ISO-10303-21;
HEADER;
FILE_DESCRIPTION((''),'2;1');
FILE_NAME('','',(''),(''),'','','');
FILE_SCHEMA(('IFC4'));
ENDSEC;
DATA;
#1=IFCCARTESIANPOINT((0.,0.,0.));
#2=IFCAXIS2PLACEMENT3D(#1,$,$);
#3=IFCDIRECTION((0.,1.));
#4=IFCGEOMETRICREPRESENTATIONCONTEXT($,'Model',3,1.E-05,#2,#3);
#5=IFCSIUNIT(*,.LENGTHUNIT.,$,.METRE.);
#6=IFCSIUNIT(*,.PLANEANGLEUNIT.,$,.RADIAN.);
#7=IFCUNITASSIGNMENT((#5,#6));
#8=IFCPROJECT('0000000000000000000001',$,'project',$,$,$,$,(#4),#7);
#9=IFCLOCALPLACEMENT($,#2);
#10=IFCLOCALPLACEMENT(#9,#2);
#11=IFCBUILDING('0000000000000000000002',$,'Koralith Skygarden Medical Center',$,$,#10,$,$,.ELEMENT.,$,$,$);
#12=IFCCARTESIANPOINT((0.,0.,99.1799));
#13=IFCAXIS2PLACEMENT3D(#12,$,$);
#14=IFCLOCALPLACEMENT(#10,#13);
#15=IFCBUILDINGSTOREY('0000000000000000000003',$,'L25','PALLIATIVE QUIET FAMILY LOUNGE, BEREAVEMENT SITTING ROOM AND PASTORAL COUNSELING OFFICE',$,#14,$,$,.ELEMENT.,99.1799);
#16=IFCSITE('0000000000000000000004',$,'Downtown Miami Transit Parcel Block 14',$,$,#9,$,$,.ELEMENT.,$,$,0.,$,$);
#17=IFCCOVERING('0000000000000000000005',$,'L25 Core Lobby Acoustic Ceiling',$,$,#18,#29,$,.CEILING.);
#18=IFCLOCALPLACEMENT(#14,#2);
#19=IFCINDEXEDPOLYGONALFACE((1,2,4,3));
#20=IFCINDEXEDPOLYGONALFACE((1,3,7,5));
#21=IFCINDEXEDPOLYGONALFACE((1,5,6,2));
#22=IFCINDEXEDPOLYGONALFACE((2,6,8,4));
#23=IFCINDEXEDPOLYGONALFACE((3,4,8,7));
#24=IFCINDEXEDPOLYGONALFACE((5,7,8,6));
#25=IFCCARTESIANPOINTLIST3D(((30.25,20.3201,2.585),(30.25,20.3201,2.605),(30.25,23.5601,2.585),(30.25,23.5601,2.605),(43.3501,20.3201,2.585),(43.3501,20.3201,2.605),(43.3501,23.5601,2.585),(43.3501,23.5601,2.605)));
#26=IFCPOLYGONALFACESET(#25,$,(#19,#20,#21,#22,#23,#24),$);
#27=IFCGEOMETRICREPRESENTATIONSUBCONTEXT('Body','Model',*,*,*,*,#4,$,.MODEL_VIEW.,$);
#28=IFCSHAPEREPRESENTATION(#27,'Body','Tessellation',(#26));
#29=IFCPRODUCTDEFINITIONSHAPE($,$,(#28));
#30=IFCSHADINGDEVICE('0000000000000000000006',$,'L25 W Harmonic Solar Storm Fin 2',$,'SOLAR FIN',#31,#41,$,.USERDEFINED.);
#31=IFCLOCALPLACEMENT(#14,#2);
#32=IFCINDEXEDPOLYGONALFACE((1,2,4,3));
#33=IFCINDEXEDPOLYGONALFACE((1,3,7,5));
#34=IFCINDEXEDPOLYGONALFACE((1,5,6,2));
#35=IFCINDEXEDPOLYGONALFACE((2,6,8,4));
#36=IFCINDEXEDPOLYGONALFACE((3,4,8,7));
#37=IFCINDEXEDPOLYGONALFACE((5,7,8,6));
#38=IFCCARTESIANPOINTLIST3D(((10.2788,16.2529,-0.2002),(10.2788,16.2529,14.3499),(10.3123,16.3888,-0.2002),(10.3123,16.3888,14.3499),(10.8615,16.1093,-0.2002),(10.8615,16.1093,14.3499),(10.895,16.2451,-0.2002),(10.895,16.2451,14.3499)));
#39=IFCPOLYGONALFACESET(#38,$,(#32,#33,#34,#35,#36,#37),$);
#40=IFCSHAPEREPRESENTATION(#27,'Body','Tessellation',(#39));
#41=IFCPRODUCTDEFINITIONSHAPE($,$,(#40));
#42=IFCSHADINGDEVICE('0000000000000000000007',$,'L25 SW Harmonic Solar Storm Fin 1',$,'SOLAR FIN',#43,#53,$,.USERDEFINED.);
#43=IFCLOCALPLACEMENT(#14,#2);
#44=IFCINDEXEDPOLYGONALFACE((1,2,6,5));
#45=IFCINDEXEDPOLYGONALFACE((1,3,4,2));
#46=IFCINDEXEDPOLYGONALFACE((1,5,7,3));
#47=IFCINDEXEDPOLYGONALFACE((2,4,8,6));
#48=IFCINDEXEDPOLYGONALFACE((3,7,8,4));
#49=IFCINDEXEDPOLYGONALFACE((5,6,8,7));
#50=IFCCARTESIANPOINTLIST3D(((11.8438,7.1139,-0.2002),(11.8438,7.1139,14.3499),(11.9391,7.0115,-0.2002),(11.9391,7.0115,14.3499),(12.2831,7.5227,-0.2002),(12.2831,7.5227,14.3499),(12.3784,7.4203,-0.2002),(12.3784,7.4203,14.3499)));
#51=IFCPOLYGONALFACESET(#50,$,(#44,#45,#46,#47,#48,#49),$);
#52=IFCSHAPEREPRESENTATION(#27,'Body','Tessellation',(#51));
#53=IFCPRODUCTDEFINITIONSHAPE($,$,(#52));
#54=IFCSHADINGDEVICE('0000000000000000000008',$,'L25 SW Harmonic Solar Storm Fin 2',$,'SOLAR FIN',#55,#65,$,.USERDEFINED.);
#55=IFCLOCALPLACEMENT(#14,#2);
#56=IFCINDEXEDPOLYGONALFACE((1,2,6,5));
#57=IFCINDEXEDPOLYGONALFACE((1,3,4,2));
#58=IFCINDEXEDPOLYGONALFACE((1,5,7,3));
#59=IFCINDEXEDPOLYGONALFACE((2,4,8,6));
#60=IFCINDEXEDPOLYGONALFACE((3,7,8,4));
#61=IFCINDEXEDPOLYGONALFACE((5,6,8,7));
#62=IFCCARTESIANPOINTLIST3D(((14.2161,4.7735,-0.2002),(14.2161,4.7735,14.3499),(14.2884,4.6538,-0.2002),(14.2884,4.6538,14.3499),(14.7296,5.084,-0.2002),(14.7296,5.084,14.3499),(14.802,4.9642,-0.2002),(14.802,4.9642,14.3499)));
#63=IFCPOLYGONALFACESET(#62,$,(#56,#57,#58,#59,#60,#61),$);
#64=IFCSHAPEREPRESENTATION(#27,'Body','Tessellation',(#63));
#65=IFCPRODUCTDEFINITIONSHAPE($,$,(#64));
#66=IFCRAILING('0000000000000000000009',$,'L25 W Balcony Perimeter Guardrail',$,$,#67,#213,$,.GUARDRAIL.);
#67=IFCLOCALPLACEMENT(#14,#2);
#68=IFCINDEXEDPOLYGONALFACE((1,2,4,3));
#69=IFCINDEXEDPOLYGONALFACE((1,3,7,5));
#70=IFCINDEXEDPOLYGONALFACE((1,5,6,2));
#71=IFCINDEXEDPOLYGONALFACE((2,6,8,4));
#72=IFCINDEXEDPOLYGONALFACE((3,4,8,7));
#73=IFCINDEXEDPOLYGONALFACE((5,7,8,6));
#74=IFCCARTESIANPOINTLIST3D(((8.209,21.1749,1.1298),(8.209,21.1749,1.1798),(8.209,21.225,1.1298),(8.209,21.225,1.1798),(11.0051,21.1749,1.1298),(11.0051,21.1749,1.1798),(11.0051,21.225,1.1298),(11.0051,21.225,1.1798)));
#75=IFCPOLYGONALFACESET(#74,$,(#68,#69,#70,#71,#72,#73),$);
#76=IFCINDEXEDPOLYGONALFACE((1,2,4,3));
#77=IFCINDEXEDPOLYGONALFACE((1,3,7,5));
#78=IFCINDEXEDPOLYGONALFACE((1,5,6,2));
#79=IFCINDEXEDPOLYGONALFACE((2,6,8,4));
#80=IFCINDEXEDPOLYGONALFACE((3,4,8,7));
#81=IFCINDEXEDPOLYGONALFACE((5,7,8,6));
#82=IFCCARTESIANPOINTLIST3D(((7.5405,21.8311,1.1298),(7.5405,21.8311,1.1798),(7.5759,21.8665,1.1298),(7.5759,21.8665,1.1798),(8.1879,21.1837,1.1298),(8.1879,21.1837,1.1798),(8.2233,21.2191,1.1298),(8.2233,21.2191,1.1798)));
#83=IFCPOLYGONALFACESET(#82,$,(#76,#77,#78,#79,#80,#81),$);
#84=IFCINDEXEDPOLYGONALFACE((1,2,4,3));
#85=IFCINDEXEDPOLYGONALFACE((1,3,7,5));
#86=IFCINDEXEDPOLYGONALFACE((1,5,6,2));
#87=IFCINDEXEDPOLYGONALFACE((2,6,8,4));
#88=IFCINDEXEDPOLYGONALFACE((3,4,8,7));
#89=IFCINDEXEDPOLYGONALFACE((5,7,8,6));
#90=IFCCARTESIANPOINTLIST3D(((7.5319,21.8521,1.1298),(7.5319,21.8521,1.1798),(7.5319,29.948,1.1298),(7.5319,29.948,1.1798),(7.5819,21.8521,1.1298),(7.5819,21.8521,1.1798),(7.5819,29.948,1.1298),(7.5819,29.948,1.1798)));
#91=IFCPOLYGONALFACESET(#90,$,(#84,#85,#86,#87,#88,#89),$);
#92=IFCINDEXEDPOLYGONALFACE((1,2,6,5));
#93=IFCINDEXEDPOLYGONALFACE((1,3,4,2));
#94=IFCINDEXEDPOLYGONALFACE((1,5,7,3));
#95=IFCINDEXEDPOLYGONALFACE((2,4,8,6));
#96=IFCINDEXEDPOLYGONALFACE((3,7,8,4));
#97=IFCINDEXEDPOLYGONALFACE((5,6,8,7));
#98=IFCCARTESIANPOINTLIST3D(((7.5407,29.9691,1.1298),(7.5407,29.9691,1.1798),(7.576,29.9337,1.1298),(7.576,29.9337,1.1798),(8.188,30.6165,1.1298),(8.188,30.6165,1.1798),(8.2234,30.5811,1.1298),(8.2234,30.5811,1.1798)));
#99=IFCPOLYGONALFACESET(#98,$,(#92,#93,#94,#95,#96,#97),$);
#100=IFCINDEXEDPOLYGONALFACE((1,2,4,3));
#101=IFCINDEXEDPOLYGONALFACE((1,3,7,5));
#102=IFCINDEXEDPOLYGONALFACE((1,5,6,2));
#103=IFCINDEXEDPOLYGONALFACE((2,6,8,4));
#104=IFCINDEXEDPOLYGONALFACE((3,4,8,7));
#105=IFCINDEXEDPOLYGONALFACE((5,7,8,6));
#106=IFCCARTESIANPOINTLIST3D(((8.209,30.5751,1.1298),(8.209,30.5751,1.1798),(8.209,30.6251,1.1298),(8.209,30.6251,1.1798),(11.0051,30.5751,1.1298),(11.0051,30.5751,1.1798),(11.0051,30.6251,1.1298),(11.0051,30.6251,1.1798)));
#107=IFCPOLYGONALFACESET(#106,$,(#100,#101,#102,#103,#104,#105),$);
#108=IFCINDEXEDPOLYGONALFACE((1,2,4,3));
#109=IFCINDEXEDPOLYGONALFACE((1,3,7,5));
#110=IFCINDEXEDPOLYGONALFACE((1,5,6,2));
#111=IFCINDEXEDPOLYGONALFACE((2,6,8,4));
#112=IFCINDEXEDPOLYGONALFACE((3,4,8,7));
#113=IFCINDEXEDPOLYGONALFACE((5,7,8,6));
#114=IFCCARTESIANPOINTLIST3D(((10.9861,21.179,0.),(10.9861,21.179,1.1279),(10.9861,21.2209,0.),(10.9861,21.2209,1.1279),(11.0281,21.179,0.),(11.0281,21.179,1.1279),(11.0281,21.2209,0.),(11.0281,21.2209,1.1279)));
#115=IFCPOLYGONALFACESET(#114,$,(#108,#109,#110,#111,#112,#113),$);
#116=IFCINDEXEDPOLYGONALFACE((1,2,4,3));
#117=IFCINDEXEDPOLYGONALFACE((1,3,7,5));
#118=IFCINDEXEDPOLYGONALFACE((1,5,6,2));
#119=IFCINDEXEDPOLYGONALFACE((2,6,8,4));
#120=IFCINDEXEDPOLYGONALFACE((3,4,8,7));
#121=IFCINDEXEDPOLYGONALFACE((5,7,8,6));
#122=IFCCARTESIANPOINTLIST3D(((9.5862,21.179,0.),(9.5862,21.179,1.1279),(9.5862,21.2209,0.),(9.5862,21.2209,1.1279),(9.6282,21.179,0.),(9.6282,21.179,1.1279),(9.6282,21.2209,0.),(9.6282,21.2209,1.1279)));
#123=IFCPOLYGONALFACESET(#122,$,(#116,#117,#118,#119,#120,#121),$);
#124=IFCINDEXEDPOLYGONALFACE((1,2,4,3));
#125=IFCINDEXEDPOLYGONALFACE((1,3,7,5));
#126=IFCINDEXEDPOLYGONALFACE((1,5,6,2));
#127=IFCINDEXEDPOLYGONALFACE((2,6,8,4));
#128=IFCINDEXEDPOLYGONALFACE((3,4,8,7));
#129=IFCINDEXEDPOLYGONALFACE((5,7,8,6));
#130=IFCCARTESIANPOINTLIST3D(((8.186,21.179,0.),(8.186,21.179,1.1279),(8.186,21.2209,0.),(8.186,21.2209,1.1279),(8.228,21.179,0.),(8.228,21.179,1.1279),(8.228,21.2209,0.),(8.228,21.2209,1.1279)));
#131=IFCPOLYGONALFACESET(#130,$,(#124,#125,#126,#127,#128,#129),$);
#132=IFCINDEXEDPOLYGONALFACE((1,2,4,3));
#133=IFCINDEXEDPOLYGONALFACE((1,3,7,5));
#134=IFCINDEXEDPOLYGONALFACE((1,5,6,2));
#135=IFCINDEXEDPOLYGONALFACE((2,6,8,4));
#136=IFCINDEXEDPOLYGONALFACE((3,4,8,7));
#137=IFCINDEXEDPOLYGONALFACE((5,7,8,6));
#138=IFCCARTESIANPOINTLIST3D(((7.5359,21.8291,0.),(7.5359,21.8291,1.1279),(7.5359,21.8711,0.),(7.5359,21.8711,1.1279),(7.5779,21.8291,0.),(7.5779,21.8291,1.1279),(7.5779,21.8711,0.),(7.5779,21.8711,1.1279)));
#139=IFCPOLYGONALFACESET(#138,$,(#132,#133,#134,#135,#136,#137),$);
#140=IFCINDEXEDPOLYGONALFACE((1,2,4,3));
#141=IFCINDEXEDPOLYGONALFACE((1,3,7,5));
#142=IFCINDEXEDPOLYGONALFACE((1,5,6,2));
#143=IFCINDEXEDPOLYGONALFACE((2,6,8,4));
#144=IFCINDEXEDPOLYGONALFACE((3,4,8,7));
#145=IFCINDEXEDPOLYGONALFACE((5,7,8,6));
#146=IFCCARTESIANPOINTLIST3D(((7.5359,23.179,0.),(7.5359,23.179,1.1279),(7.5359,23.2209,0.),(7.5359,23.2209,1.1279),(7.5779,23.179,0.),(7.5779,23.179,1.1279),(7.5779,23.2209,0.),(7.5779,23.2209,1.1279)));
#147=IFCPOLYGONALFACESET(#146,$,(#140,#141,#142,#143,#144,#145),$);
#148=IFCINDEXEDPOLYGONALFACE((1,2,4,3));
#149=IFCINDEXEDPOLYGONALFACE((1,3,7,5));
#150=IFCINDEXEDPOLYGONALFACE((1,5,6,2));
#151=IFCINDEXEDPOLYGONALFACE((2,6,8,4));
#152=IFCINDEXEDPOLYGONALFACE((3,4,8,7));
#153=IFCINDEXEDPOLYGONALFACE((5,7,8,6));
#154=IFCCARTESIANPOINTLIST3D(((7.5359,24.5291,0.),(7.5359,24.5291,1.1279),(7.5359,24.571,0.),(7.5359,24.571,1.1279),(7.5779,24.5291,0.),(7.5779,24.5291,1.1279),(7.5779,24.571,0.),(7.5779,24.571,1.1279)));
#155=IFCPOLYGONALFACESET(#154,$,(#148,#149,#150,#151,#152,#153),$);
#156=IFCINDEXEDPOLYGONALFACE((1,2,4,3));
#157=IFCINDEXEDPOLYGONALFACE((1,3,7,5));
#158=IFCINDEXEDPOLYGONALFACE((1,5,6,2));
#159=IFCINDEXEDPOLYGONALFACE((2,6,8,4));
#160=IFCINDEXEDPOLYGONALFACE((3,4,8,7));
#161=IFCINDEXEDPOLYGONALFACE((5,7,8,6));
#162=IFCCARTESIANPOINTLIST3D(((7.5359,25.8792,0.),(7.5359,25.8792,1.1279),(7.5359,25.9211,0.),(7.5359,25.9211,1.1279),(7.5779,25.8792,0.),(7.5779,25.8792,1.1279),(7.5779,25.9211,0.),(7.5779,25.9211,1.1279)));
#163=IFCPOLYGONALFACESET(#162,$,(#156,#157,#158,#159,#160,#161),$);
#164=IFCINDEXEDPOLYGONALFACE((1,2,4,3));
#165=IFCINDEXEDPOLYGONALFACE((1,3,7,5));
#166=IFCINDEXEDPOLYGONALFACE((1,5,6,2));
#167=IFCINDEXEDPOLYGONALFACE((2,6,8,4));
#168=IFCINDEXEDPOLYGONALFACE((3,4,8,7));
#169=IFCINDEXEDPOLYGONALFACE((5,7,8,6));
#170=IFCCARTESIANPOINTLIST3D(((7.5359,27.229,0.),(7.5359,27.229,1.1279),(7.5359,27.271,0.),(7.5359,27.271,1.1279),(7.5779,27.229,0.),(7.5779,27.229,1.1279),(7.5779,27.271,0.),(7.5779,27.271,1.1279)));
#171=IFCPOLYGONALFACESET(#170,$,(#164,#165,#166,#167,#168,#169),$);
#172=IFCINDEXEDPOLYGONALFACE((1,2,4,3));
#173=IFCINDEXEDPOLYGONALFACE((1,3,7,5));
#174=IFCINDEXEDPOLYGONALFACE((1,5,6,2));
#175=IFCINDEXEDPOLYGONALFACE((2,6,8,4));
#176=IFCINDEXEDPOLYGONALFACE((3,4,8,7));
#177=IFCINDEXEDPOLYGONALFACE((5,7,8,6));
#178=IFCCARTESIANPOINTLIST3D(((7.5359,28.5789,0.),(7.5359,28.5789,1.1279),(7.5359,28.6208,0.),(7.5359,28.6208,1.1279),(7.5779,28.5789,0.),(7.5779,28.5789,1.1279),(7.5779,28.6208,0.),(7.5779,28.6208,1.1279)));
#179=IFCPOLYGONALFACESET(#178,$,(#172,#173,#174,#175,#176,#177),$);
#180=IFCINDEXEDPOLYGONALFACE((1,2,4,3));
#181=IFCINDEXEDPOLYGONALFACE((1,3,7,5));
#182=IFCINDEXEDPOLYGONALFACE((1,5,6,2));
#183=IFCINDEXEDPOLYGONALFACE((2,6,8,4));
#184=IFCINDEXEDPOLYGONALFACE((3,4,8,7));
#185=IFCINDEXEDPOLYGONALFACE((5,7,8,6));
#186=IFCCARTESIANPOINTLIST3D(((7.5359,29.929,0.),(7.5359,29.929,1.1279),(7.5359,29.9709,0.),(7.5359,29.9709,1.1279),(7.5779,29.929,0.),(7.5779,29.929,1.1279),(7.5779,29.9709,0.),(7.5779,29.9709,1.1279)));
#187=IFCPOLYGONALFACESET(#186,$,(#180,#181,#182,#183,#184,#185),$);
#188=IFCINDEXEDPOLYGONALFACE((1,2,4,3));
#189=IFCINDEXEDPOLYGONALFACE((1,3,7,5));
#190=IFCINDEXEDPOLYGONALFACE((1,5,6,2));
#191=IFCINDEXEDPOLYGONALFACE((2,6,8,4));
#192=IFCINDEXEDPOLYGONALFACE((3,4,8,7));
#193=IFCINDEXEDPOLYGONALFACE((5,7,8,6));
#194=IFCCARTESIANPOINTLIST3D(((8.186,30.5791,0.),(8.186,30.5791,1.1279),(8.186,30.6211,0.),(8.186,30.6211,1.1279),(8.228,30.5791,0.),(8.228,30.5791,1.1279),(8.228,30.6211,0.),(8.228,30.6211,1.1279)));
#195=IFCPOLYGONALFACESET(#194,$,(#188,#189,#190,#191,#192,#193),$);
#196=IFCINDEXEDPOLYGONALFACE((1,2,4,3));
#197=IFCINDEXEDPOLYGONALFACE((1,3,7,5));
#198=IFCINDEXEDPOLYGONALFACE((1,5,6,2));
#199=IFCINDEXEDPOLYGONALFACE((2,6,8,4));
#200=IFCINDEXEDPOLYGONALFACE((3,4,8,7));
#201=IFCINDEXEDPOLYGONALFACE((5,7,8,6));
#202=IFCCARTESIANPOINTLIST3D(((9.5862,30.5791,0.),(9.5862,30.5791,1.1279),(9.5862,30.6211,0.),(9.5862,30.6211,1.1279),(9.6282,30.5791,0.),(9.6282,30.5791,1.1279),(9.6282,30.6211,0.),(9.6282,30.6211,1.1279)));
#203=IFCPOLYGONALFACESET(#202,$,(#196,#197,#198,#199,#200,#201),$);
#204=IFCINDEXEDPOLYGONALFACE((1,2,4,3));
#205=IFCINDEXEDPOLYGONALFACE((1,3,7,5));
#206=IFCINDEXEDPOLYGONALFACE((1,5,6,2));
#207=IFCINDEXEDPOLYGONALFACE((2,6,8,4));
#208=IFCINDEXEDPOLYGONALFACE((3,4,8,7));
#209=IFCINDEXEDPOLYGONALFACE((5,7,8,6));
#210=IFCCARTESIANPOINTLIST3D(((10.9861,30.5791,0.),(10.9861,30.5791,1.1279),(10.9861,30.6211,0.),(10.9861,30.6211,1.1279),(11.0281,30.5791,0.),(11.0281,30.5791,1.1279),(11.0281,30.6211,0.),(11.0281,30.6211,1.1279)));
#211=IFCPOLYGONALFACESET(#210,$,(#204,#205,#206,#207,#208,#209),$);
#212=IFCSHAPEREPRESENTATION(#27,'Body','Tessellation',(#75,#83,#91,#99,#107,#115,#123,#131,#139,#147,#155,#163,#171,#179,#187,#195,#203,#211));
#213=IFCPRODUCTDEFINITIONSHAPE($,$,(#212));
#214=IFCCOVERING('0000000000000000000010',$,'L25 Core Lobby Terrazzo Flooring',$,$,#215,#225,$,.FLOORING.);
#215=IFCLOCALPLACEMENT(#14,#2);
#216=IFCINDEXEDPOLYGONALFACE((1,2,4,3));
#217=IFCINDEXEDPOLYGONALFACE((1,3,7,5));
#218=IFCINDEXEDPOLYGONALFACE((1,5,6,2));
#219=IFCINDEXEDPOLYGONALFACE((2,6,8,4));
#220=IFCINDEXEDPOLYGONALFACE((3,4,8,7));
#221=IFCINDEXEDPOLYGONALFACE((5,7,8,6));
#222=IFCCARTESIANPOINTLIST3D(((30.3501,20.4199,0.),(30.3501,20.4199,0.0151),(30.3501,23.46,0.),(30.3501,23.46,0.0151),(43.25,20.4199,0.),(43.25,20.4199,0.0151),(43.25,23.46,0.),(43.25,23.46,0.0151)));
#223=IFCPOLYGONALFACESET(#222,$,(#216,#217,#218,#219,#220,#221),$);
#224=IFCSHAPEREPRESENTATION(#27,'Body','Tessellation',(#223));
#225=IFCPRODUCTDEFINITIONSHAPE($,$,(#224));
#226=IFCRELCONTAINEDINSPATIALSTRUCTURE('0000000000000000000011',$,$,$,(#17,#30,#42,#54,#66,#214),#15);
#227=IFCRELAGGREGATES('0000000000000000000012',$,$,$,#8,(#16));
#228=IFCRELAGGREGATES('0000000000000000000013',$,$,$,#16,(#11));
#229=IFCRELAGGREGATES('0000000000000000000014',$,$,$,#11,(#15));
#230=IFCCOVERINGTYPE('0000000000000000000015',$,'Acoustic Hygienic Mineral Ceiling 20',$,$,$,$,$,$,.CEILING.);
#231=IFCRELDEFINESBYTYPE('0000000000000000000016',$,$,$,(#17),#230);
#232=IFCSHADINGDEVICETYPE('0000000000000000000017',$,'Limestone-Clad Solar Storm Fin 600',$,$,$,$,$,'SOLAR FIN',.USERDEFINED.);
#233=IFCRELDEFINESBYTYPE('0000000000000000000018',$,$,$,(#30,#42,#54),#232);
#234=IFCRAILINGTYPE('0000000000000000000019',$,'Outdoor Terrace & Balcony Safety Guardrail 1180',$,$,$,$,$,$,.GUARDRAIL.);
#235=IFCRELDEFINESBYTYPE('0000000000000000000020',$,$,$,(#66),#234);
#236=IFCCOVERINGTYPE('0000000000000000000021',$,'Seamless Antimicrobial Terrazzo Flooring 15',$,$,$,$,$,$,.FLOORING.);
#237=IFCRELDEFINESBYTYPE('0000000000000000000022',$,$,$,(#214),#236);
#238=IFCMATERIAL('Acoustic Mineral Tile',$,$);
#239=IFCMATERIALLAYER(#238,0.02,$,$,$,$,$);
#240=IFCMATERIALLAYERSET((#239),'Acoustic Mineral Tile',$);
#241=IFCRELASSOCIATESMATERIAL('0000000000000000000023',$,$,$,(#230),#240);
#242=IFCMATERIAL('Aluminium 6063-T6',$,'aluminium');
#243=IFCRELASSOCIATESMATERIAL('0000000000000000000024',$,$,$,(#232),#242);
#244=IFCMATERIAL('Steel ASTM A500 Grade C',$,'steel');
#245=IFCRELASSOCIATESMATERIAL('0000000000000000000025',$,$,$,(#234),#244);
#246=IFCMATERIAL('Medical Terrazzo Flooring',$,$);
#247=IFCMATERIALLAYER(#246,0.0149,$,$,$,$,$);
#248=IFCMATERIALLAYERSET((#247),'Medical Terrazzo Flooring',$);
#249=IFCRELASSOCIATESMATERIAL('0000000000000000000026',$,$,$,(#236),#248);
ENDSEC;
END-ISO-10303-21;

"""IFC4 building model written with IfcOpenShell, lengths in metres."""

from ifc_helpers import new_model, si_unit, direction, frame, origin, origin_2d, place, context, subcontext, project, spatial, polyline, rectangle, outline, extrude, material, layer, layer_set, type_object, element, save


model = new_model("IFC4")

# Units and contexts
model_context = context("Model", 3, precision=1e-05, world=origin(), true_north=direction((0.0, 1.0)))
body_context = subcontext(model_context, "Body", "Model", "MODEL_VIEW")
ifc_project = project(units=[si_unit("LENGTHUNIT", "METRE"), si_unit("PLANEANGLEUNIT", "RADIAN")], contexts=[model_context])

# Site, building, storey
site_placement = place(None, origin())
site = spatial("IfcSite", under=ifc_project, at=site_placement, Name="Downtown Miami Transit Parcel Block 14", CompositionType="ELEMENT", RefElevation=0.0)
building_placement = place(site_placement, origin())
building = spatial("IfcBuilding", under=site, at=building_placement, Name="Koralith Skygarden Medical Center", CompositionType="ELEMENT")
storey_placement = place(building_placement, frame((0.0, 0.0, 99.1799)))
storey = spatial("IfcBuildingStorey", under=building, at=storey_placement, Name="L25", Description="PALLIATIVE QUIET FAMILY LOUNGE, BEREAVEMENT SITTING ROOM AND PASTORAL COUNSELING OFFICE", CompositionType="ELEMENT", Elevation=99.1799)

# Shared definitions
ifc_material_1 = material(Name="Aluminium 6063-T6", Category="aluminium")

# Covering
ifc_material_2 = material(Name="Acoustic Mineral Tile")
ifc_layer_1 = layer(ifc_material_2, 0.02)
ifc_layer_set_1 = layer_set([ifc_layer_1], Name="Acoustic Mineral Tile")
covering_type_1 = type_object("IfcCoveringType", Name="Acoustic Hygienic Mineral Ceiling 20", PredefinedType="CEILING", material=ifc_layer_set_1)
covering_1_placement = place(storey_placement, frame((0.0, 0.0, 2.585)))
element("IfcCovering", 1, at=covering_1_placement, inside=storey, type_object=covering_type_1, Name="L25 Core Lobby Acoustic Ceiling", PredefinedType="CEILING", context=body_context, shape_type="SweptSolid", body=[
    extrude(outline(polyline([(30.25, 20.3201), (43.3501, 20.3201), (43.3501, 23.5601), (30.25, 23.5601), (30.25, 20.3201)])), origin(), (0.0, 0.0, 1.0), 0.02),
])

# Shading devices
shading_device_type = type_object("IfcShadingDeviceType", Name="Limestone-Clad Solar Storm Fin 600", ElementType="SOLAR FIN", PredefinedType="USERDEFINED", material=ifc_material_1)
for number, where, z_axis, x_axis, name in (
    (2, (10.5869, 16.249, -0.2002), (0.0, 0.0, 1.0), (-0.970926, 0.239381, 0.0), "L25 W Harmonic Solar Storm Fin 2"),
    (3, (12.1111, 7.2671, -0.2002), (0.0, 0.0, 1.0), (-0.731996, -0.681309, 0.0), "L25 SW Harmonic Solar Storm Fin 1"),
    (4, (14.509, 4.8689, -0.2002), (0.0, 0.0, 1.0), (-0.855816, -0.51728, 0.0), "L25 SW Harmonic Solar Storm Fin 2"),
):
    element("IfcShadingDevice", number, at=place(storey_placement, frame(where, z_axis=z_axis, x_axis=x_axis)), inside=storey, type_object=shading_device_type, Name=name, ObjectType="SOLAR FIN", PredefinedType="USERDEFINED", context=body_context, shape_type="SweptSolid", body=[
        extrude(rectangle(XDim=0.6001, YDim=0.1399, at=origin_2d()), origin(), (0.0, 0.0, 1.0), 14.55),
    ])

# Railing
ifc_material_3 = material(Name="Steel ASTM A500 Grade C", Category="steel")
railing_type = type_object("IfcRailingType", Name="Outdoor Terrace & Balcony Safety Guardrail 1180", PredefinedType="GUARDRAIL", material=ifc_material_3)
railing_placement = place(storey_placement, frame((11.0071, 21.2, 0.0)))
element("IfcRailing", 5, at=railing_placement, inside=storey, type_object=railing_type, Name="L25 W Balcony Perimeter Guardrail", PredefinedType="GUARDRAIL", context=body_context, shape_type="SweptSolid", body=[
    extrude(rectangle(XDim=0.05, YDim=0.05, at=origin_2d()), frame((-0.002, 0.0, 1.1548), z_axis=(-1.0, 0.0, 0.0), x_axis=(0.0, -1.0, 0.0)), (0.0, 0.0, 1.0), 2.7961),
    extrude(rectangle(XDim=0.05, YDim=0.05, at=origin_2d()), frame((-2.8015, 0.0015, 1.1548), z_axis=(-0.707107, 0.707107, 0.0), x_axis=(-0.707107, -0.707107, 0.0)), (0.0, 0.0, 1.0), 0.9155),
    extrude(rectangle(XDim=0.05, YDim=0.05, at=origin_2d()), frame((-3.4502, 0.6521, 1.1548), z_axis=(0.0, 1.0, 0.0), x_axis=(-1.0, 0.0, 0.0)), (0.0, 0.0, 1.0), 8.0959),
    extrude(rectangle(XDim=0.05, YDim=0.05, at=origin_2d()), frame((-3.4487, 8.7515, 1.1548), z_axis=(0.707107, 0.707107, 0.0), x_axis=(-0.707107, 0.707107, 0.0)), (0.0, 0.0, 1.0), 0.9155),
    extrude(rectangle(XDim=0.05, YDim=0.05, at=origin_2d()), frame((-2.7981, 9.4001, 1.1548), z_axis=(1.0, 0.0, 0.0), x_axis=(0.0, 1.0, 0.0)), (0.0, 0.0, 1.0), 2.7961),
    extrude(rectangle(XDim=0.042, YDim=0.042, at=origin_2d()), origin(), (0.0, 0.0, 1.0), 1.1279),
    extrude(rectangle(XDim=0.042, YDim=0.042, at=origin_2d()), frame((-1.3999, 0.0, 0.0)), (0.0, 0.0, 1.0), 1.1279),
    extrude(rectangle(XDim=0.042, YDim=0.042, at=origin_2d()), frame((-2.8, 0.0, 0.0)), (0.0, 0.0, 1.0), 1.1279),
    extrude(rectangle(XDim=0.042, YDim=0.042, at=origin_2d()), frame((-3.4502, 0.6501, 0.0)), (0.0, 0.0, 1.0), 1.1279),
    extrude(rectangle(XDim=0.042, YDim=0.042, at=origin_2d()), frame((-3.4502, 2.0, 0.0)), (0.0, 0.0, 1.0), 1.1279),
    extrude(rectangle(XDim=0.042, YDim=0.042, at=origin_2d()), frame((-3.4502, 3.3501, 0.0)), (0.0, 0.0, 1.0), 1.1279),
    extrude(rectangle(XDim=0.042, YDim=0.042, at=origin_2d()), frame((-3.4502, 4.7002, 0.0)), (0.0, 0.0, 1.0), 1.1279),
    extrude(rectangle(XDim=0.042, YDim=0.042, at=origin_2d()), frame((-3.4502, 6.05, 0.0)), (0.0, 0.0, 1.0), 1.1279),
    extrude(rectangle(XDim=0.042, YDim=0.042, at=origin_2d()), frame((-3.4502, 7.3999, 0.0)), (0.0, 0.0, 1.0), 1.1279),
    extrude(rectangle(XDim=0.042, YDim=0.042, at=origin_2d()), frame((-3.4502, 8.75, 0.0)), (0.0, 0.0, 1.0), 1.1279),
    extrude(rectangle(XDim=0.042, YDim=0.042, at=origin_2d()), frame((-2.8, 9.4001, 0.0)), (0.0, 0.0, 1.0), 1.1279),
    extrude(rectangle(XDim=0.042, YDim=0.042, at=origin_2d()), frame((-1.3999, 9.4001, 0.0)), (0.0, 0.0, 1.0), 1.1279),
    extrude(rectangle(XDim=0.042, YDim=0.042, at=origin_2d()), frame((0.0, 9.4001, 0.0)), (0.0, 0.0, 1.0), 1.1279),
])

# Covering
ifc_material_4 = material(Name="Medical Terrazzo Flooring")
ifc_layer_2 = layer(ifc_material_4, 0.0149)
ifc_layer_set_2 = layer_set([ifc_layer_2], Name="Medical Terrazzo Flooring")
covering_type_2 = type_object("IfcCoveringType", Name="Seamless Antimicrobial Terrazzo Flooring 15", PredefinedType="FLOORING", material=ifc_layer_set_2)
covering_2_placement = place(storey_placement, origin())
element("IfcCovering", 6, at=covering_2_placement, inside=storey, type_object=covering_type_2, Name="L25 Core Lobby Terrazzo Flooring", PredefinedType="FLOORING", context=body_context, shape_type="SweptSolid", body=[
    extrude(outline(polyline([(30.3501, 20.4199), (43.25, 20.4199), (43.25, 23.46), (30.3501, 23.46), (30.3501, 20.4199)])), origin(), (0.0, 0.0, 1.0), 0.0151),
])

save(model, "model.ifc")
